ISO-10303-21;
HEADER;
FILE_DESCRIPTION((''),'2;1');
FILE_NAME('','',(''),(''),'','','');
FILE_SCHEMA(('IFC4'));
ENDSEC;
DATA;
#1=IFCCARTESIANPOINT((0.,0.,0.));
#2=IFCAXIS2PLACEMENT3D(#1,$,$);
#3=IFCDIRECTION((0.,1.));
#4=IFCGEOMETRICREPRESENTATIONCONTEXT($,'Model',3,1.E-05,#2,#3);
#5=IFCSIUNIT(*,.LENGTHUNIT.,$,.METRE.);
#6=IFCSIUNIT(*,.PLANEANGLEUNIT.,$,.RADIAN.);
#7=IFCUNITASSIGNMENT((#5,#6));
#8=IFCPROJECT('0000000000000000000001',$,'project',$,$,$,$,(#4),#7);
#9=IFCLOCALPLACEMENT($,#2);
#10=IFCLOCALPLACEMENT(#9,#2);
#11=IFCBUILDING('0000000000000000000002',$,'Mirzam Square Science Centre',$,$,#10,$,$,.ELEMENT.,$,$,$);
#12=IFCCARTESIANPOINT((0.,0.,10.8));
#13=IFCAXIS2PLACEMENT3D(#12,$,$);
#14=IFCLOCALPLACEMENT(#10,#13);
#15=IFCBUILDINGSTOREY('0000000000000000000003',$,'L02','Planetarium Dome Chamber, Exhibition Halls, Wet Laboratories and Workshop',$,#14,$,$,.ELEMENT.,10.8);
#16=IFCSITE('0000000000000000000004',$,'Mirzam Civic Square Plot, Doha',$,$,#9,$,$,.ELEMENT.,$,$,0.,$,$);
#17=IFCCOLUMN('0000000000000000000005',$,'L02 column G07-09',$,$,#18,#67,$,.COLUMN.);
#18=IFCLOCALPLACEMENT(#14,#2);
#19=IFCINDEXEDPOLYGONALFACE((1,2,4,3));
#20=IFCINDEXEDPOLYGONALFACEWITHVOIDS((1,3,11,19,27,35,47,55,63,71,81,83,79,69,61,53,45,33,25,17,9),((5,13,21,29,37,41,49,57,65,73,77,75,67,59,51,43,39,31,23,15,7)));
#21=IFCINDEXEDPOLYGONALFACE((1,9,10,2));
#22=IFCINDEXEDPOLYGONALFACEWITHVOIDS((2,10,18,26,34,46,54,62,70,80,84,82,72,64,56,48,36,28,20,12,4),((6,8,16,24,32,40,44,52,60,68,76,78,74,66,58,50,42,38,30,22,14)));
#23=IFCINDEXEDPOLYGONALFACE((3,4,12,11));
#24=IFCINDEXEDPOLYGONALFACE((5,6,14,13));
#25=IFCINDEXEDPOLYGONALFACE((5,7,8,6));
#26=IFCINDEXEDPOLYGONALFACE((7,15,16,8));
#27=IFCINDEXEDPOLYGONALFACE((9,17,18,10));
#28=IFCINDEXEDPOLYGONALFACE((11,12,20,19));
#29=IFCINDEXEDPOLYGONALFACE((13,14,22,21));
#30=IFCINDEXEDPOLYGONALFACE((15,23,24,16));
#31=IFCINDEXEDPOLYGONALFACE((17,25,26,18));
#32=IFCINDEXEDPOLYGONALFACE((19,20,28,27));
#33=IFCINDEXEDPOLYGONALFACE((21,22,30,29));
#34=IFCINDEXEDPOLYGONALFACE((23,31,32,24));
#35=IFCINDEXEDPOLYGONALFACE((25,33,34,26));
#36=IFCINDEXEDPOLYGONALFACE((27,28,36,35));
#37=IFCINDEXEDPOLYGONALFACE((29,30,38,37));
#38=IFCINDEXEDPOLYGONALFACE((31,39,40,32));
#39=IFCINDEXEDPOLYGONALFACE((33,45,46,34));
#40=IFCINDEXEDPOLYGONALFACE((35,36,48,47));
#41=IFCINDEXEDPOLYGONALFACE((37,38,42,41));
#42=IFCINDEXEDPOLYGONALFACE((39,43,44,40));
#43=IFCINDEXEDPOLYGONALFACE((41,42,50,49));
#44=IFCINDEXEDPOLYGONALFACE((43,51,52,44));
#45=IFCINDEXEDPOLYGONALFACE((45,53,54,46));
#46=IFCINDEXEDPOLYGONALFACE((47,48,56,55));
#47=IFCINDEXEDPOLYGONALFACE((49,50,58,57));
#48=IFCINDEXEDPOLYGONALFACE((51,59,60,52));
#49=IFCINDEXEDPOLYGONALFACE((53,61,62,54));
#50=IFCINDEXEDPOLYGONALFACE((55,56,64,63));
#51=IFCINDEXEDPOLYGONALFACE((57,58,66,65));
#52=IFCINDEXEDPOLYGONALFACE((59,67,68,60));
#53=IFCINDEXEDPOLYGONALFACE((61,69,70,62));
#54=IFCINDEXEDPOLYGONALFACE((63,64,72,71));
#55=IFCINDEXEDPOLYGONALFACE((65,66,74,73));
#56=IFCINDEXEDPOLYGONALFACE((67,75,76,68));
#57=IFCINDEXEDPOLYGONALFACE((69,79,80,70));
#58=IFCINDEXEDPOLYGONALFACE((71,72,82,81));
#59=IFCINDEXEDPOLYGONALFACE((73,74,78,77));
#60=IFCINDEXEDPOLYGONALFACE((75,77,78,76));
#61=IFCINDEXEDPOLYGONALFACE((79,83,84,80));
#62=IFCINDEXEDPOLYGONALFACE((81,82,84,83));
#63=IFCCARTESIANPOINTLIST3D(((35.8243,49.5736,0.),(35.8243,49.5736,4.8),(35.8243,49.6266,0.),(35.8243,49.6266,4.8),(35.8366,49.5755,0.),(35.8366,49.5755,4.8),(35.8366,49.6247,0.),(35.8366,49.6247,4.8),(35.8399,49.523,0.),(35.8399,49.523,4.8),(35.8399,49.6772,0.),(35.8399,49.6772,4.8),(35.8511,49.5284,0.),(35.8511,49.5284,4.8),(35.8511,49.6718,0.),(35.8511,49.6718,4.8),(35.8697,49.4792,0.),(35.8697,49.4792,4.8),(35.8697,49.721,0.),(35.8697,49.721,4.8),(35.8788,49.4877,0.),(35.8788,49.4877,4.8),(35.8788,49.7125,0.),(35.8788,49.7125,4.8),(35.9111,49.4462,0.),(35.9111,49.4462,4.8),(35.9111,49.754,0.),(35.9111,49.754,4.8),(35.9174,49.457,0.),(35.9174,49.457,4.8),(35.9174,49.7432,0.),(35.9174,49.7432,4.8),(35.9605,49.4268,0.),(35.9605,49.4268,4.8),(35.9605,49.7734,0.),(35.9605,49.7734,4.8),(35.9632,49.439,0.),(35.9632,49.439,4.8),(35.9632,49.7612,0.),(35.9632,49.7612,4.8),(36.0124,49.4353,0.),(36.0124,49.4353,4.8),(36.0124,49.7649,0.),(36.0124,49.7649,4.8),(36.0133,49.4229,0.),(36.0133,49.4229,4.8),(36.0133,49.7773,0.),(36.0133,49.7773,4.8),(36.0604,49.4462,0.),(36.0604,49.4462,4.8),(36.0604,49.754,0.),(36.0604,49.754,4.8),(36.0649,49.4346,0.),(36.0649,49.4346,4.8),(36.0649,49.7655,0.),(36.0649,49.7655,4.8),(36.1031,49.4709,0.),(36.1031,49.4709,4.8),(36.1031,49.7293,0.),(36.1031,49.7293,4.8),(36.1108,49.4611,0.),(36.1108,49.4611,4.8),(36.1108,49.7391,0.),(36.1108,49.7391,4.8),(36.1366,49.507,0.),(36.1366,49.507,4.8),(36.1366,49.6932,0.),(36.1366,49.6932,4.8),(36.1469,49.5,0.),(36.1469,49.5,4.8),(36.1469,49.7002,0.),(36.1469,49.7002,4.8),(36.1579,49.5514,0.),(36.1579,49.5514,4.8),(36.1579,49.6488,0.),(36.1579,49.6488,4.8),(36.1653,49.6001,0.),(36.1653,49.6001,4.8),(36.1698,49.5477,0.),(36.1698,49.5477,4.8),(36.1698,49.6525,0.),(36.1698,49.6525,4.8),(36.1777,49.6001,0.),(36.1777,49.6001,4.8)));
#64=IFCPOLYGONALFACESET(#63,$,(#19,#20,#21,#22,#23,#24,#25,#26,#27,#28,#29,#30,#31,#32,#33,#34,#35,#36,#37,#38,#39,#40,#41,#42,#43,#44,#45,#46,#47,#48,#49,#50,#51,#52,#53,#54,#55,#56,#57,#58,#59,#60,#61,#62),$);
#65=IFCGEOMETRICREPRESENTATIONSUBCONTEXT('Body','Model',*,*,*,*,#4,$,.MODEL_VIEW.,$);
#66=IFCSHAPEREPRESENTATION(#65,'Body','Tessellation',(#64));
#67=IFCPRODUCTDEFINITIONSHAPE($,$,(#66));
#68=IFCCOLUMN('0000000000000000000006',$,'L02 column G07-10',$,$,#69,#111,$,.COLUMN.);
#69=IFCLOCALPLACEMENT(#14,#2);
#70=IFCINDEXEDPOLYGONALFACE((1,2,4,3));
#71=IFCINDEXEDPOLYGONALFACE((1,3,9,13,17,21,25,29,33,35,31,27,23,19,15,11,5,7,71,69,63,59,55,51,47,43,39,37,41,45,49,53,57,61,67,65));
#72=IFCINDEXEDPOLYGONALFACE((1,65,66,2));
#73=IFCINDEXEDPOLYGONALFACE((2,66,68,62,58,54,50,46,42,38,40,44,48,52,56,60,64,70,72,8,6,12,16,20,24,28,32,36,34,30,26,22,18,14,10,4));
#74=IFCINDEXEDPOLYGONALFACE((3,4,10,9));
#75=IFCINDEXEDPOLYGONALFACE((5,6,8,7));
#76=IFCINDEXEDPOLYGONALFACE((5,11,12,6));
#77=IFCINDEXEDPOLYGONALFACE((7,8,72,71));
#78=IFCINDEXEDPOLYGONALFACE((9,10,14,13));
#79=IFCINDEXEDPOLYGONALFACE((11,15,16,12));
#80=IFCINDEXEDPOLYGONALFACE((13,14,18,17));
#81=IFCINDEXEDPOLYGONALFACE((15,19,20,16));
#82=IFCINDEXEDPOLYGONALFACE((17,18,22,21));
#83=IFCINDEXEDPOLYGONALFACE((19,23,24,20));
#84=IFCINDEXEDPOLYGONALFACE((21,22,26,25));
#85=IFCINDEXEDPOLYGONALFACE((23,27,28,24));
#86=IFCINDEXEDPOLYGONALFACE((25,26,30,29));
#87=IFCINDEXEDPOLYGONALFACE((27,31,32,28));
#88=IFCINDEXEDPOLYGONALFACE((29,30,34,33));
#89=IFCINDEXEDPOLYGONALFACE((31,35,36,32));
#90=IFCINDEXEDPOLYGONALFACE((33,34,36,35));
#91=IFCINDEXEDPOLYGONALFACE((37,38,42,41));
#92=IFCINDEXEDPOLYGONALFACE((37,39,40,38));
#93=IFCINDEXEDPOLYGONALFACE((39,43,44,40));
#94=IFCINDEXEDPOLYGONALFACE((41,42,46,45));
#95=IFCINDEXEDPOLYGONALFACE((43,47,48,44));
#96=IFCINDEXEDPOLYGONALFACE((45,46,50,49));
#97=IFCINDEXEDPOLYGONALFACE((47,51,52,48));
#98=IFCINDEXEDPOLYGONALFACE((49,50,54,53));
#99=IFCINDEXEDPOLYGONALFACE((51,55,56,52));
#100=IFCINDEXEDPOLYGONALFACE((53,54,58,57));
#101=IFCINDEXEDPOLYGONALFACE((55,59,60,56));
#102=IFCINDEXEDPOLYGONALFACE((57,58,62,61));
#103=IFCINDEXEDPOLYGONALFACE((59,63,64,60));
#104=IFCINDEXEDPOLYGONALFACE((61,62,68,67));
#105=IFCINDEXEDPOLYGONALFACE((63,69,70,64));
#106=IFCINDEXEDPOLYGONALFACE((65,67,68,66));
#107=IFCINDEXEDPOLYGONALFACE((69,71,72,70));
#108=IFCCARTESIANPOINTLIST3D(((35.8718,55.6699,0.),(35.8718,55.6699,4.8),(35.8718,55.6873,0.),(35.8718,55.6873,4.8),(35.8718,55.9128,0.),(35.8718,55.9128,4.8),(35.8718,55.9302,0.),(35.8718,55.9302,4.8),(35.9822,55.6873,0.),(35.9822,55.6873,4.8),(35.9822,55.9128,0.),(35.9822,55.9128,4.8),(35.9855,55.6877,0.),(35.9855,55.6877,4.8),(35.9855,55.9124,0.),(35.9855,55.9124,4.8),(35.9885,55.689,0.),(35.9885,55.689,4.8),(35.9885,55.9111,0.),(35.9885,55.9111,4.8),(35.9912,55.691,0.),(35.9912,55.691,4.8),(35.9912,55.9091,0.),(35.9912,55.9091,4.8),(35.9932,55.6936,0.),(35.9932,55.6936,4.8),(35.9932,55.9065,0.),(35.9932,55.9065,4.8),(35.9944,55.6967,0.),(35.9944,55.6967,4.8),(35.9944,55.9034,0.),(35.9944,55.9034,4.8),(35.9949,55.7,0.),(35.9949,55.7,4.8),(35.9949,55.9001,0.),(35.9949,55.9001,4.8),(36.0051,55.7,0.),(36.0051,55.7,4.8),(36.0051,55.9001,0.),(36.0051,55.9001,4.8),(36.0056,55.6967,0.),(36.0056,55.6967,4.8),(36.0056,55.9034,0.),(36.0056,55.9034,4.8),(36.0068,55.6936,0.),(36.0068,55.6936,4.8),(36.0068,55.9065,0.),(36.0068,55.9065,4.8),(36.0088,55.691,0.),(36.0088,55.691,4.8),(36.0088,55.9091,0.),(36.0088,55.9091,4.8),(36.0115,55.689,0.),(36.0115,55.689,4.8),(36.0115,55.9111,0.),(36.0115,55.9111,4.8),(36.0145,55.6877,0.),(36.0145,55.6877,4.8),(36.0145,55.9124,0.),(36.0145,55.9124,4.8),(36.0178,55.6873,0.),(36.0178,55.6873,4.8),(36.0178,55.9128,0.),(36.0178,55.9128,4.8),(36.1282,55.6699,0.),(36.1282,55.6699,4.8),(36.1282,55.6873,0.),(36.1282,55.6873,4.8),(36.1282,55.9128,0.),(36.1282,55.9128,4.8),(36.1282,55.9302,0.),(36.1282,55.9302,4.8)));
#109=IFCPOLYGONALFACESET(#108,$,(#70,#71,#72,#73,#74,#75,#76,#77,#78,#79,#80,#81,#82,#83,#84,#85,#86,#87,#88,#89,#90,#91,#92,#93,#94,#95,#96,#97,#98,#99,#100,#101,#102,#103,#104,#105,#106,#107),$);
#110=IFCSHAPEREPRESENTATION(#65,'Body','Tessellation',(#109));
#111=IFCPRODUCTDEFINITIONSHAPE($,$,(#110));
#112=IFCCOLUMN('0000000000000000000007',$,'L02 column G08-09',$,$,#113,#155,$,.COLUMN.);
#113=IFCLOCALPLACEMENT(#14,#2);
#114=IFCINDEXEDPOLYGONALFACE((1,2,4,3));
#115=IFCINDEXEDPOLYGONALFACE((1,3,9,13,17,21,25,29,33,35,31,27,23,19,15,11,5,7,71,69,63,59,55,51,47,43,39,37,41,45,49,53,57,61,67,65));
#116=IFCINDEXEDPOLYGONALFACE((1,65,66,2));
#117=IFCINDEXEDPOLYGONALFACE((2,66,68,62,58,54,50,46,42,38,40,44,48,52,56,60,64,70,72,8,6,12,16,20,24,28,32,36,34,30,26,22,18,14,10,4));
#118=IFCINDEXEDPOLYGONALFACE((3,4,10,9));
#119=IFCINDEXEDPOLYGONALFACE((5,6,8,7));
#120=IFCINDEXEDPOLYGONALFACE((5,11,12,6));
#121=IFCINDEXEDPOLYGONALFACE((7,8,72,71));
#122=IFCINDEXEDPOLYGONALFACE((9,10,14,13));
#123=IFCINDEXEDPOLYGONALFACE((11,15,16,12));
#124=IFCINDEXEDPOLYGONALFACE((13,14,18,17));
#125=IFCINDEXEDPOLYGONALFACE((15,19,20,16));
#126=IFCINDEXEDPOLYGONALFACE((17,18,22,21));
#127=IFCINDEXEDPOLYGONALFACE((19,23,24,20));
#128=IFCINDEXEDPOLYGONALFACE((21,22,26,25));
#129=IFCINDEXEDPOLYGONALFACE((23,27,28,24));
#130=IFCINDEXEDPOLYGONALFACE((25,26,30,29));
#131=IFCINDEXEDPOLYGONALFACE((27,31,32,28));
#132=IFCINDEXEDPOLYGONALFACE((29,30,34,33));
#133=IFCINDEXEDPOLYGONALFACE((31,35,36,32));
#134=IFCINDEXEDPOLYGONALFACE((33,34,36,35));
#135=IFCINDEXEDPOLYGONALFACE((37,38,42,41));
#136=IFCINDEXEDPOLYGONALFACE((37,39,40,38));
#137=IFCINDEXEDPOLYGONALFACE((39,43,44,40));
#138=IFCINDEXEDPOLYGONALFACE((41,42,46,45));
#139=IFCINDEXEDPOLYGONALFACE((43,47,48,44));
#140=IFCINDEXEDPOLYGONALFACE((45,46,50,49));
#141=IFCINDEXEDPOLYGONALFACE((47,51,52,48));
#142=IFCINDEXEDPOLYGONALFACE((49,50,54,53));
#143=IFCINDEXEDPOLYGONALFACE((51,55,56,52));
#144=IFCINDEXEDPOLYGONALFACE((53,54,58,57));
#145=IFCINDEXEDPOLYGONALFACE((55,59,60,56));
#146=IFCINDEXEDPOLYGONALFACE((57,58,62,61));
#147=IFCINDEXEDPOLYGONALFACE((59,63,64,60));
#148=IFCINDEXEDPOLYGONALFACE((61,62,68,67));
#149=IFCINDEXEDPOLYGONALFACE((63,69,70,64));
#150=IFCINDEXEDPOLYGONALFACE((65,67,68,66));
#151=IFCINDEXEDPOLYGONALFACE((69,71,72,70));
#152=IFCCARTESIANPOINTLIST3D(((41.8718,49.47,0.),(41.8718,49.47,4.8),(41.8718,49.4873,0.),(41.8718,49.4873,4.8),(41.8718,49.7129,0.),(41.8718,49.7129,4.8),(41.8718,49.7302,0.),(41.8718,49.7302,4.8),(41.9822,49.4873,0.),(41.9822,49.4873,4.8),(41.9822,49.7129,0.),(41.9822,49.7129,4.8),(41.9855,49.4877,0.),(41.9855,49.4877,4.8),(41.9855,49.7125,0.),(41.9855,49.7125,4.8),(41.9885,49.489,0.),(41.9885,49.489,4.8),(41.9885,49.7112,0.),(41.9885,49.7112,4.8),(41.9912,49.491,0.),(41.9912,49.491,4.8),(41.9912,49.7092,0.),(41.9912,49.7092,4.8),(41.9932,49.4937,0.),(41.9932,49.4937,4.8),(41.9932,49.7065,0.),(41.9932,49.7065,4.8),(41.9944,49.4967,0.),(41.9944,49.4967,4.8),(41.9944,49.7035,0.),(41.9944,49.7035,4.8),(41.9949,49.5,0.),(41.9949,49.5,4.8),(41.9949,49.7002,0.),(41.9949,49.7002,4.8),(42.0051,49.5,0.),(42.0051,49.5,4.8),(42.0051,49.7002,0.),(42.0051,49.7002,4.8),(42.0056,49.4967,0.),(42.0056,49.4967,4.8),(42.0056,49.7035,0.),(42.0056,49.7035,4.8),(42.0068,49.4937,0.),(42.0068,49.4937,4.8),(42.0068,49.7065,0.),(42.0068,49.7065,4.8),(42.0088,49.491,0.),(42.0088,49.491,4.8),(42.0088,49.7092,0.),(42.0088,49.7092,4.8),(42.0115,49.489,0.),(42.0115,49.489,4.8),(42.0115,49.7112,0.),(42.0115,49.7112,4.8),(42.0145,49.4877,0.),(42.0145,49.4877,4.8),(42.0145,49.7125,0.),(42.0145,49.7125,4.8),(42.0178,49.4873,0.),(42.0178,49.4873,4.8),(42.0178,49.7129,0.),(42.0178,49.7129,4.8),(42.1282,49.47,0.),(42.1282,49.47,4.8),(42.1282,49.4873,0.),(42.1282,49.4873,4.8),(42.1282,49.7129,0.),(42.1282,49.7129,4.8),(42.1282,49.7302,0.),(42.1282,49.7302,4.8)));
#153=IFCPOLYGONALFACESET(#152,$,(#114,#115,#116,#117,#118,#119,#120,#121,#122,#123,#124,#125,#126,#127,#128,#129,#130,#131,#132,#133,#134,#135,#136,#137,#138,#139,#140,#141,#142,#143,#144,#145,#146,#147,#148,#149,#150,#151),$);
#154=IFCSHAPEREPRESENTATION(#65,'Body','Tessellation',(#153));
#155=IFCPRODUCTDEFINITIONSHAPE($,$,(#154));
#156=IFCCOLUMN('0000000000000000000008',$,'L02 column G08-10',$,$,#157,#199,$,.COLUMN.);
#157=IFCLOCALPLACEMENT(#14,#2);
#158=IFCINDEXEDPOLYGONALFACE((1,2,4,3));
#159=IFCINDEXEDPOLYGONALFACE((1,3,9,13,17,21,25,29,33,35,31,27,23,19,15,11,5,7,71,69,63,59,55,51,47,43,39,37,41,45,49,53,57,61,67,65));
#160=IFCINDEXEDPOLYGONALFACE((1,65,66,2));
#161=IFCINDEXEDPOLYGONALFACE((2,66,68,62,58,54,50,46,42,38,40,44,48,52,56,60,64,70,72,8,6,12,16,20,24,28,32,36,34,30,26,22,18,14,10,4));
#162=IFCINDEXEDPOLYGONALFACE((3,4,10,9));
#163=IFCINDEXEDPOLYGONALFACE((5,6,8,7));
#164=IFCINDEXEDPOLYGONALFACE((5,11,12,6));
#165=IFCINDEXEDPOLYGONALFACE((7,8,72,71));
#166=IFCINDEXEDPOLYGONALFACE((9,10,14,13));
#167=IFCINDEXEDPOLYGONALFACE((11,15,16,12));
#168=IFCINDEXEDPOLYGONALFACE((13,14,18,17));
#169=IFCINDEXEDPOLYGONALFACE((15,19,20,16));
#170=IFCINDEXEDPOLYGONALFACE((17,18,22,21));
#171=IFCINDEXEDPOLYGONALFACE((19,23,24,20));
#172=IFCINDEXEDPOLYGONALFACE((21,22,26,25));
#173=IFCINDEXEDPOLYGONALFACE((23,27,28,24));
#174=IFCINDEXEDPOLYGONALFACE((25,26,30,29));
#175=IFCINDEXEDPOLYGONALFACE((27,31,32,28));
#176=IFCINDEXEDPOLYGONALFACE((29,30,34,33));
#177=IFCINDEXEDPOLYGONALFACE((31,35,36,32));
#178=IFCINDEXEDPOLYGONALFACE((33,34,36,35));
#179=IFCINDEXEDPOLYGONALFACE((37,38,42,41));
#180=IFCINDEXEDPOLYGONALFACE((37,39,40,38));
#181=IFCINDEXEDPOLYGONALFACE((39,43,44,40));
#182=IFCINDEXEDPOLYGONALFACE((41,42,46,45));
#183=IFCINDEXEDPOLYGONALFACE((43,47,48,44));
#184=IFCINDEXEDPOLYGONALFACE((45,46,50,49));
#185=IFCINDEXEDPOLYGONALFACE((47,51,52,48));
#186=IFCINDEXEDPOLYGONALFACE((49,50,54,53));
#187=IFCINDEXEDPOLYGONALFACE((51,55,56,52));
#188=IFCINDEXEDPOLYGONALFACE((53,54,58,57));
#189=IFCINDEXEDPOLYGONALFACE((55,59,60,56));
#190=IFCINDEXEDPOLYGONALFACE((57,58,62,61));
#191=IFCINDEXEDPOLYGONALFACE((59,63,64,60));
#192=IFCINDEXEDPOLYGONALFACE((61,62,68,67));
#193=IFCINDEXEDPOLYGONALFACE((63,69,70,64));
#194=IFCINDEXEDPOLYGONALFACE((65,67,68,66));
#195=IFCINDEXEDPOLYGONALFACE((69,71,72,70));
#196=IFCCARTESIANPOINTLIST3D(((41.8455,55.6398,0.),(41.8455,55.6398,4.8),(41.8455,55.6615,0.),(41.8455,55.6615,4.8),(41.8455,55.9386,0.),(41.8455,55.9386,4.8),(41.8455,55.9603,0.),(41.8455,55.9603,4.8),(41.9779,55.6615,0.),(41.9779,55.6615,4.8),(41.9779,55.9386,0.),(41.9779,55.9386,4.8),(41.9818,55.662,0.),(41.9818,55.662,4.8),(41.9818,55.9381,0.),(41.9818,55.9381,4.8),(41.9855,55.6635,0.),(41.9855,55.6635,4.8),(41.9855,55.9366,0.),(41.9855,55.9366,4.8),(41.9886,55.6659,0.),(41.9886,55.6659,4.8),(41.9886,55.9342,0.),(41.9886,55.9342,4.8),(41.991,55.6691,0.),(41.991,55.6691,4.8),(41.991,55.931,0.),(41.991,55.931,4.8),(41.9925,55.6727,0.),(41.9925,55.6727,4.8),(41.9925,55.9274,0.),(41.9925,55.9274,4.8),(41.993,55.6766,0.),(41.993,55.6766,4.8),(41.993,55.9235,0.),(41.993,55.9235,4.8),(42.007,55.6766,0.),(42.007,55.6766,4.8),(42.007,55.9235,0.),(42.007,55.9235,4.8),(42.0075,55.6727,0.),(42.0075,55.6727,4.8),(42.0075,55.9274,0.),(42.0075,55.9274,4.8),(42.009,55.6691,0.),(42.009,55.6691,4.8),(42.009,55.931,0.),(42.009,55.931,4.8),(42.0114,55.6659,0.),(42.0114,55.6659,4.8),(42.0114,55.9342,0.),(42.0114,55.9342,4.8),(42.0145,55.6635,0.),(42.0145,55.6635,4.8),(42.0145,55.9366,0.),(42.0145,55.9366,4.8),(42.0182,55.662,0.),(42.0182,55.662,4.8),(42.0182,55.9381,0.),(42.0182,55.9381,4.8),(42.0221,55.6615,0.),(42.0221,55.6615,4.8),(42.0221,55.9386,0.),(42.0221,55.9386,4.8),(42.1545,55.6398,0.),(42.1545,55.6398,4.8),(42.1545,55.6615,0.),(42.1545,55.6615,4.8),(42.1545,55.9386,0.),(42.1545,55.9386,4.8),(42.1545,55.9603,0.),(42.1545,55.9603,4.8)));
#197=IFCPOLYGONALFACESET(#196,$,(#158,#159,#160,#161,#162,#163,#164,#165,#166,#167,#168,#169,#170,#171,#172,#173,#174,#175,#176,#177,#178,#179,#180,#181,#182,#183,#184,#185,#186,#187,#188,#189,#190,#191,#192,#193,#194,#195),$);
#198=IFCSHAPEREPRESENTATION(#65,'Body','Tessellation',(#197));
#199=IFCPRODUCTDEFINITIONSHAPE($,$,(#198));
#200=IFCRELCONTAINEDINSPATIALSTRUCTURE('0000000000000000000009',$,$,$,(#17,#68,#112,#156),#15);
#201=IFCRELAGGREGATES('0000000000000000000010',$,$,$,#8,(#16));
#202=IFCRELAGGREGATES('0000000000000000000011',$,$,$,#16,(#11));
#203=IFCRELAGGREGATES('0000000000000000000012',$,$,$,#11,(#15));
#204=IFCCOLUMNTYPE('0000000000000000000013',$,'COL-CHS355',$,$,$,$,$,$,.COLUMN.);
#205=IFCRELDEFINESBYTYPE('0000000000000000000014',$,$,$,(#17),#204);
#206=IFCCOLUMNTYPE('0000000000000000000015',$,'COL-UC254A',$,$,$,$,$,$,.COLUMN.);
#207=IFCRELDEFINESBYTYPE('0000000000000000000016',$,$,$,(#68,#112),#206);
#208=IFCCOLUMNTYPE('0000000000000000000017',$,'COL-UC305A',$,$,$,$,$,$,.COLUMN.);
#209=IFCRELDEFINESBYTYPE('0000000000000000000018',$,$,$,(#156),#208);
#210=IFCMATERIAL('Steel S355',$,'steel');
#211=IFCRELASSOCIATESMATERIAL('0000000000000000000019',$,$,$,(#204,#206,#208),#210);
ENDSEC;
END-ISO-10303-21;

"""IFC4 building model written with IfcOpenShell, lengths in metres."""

from ifc_helpers import new_model, si_unit, direction, frame, origin, origin_2d, place, context, subcontext, project, spatial, hollow_circle, i_section, extrude, material, material_profile, profile_set, type_object, element, save


model = new_model("IFC4")

# Units and contexts
model_context = context("Model", 3, precision=1e-05, world=origin(), true_north=direction((0.0, 1.0)))
body_context = subcontext(model_context, "Body", "Model", "MODEL_VIEW")
ifc_project = project(units=[si_unit("LENGTHUNIT", "METRE"), si_unit("PLANEANGLEUNIT", "RADIAN")], contexts=[model_context])

# Site, building, storey
site_placement = place(None, origin())
site = spatial("IfcSite", under=ifc_project, at=site_placement, Name="Mirzam Civic Square Plot, Doha", CompositionType="ELEMENT", RefElevation=0.0)
building_placement = place(site_placement, origin())
building = spatial("IfcBuilding", under=site, at=building_placement, Name="Mirzam Square Science Centre", CompositionType="ELEMENT")
storey_placement = place(building_placement, frame((0.0, 0.0, 10.8)))
storey = spatial("IfcBuildingStorey", under=building, at=storey_placement, Name="L02", Description="Planetarium Dome Chamber, Exhibition Halls, Wet Laboratories and Workshop", CompositionType="ELEMENT", Elevation=10.8)

# Columns
ifc_material_1 = material(Name="Steel S355", Category="steel")
ifc_material_profile_1 = material_profile(ifc_material_1, hollow_circle(Radius=0.1777, WallThickness=0.0125, at=origin_2d()), Name="355.6x12.5CHS")
ifc_profile_set_1 = profile_set([ifc_material_profile_1], Name="Steel S355")
column_type_1 = type_object("IfcColumnType", Name="COL-CHS355", PredefinedType="COLUMN", material=ifc_profile_set_1)
column_1_placement = place(storey_placement, frame((36.0, 49.6001, 0.0), z_axis=(0.0, 0.0, 1.0), x_axis=(1.0, 0.0, 0.0)))
element("IfcColumn", 1, at=column_1_placement, inside=storey, type_object=column_type_1, Name="L02 column G07-09", PredefinedType="COLUMN", context=body_context, shape_type="SweptSolid", body=[
    extrude(hollow_circle(Radius=0.1777, WallThickness=0.0125, at=origin_2d()), origin(), (0.0, 0.0, 1.0), 4.8),
])
ifc_material_profile_2 = material_profile(ifc_material_1, i_section(OverallWidth=0.2563, OverallDepth=0.2603, WebThickness=0.0103, FlangeThickness=0.0173, FilletRadius=0.0127, at=origin_2d()), Name="254x254x89UC")
ifc_profile_set_2 = profile_set([ifc_material_profile_2], Name="Steel S355")
column_type_2 = type_object("IfcColumnType", Name="COL-UC254A", PredefinedType="COLUMN", material=ifc_profile_set_2)
for number, where, z_axis, x_axis, name in (
    (2, (36.0, 55.8, 0.0), (0.0, 0.0, 1.0), (1.0, 0.0, 0.0), "L02 column G07-10"),
    (3, (42.0, 49.6001, 0.0), (0.0, 0.0, 1.0), (1.0, 0.0, 0.0), "L02 column G08-09"),
):
    element("IfcColumn", number, at=place(storey_placement, frame(where, z_axis=z_axis, x_axis=x_axis)), inside=storey, type_object=column_type_2, Name=name, PredefinedType="COLUMN", context=body_context, shape_type="SweptSolid", body=[
        extrude(i_section(OverallWidth=0.2563, OverallDepth=0.2603, WebThickness=0.0103, FlangeThickness=0.0173, FilletRadius=0.0127, at=origin_2d()), origin(), (0.0, 0.0, 1.0), 4.8),
    ])
ifc_material_profile_3 = material_profile(ifc_material_1, i_section(OverallWidth=0.3091, OverallDepth=0.3206, WebThickness=0.0139, FlangeThickness=0.0217, FilletRadius=0.0151, at=origin_2d()), Name="305x305x137UC")
ifc_profile_set_3 = profile_set([ifc_material_profile_3], Name="Steel S355")
column_type_3 = type_object("IfcColumnType", Name="COL-UC305A", PredefinedType="COLUMN", material=ifc_profile_set_3)
column_2_placement = place(storey_placement, frame((42.0, 55.8, 0.0), z_axis=(0.0, 0.0, 1.0), x_axis=(1.0, 0.0, 0.0)))
element("IfcColumn", 4, at=column_2_placement, inside=storey, type_object=column_type_3, Name="L02 column G08-10", PredefinedType="COLUMN", context=body_context, shape_type="SweptSolid", body=[
    extrude(i_section(OverallWidth=0.3091, OverallDepth=0.3206, WebThickness=0.0139, FlangeThickness=0.0217, FilletRadius=0.0151, at=origin_2d()), origin(), (0.0, 0.0, 1.0), 4.8),
])

save(model, "model.ifc")
